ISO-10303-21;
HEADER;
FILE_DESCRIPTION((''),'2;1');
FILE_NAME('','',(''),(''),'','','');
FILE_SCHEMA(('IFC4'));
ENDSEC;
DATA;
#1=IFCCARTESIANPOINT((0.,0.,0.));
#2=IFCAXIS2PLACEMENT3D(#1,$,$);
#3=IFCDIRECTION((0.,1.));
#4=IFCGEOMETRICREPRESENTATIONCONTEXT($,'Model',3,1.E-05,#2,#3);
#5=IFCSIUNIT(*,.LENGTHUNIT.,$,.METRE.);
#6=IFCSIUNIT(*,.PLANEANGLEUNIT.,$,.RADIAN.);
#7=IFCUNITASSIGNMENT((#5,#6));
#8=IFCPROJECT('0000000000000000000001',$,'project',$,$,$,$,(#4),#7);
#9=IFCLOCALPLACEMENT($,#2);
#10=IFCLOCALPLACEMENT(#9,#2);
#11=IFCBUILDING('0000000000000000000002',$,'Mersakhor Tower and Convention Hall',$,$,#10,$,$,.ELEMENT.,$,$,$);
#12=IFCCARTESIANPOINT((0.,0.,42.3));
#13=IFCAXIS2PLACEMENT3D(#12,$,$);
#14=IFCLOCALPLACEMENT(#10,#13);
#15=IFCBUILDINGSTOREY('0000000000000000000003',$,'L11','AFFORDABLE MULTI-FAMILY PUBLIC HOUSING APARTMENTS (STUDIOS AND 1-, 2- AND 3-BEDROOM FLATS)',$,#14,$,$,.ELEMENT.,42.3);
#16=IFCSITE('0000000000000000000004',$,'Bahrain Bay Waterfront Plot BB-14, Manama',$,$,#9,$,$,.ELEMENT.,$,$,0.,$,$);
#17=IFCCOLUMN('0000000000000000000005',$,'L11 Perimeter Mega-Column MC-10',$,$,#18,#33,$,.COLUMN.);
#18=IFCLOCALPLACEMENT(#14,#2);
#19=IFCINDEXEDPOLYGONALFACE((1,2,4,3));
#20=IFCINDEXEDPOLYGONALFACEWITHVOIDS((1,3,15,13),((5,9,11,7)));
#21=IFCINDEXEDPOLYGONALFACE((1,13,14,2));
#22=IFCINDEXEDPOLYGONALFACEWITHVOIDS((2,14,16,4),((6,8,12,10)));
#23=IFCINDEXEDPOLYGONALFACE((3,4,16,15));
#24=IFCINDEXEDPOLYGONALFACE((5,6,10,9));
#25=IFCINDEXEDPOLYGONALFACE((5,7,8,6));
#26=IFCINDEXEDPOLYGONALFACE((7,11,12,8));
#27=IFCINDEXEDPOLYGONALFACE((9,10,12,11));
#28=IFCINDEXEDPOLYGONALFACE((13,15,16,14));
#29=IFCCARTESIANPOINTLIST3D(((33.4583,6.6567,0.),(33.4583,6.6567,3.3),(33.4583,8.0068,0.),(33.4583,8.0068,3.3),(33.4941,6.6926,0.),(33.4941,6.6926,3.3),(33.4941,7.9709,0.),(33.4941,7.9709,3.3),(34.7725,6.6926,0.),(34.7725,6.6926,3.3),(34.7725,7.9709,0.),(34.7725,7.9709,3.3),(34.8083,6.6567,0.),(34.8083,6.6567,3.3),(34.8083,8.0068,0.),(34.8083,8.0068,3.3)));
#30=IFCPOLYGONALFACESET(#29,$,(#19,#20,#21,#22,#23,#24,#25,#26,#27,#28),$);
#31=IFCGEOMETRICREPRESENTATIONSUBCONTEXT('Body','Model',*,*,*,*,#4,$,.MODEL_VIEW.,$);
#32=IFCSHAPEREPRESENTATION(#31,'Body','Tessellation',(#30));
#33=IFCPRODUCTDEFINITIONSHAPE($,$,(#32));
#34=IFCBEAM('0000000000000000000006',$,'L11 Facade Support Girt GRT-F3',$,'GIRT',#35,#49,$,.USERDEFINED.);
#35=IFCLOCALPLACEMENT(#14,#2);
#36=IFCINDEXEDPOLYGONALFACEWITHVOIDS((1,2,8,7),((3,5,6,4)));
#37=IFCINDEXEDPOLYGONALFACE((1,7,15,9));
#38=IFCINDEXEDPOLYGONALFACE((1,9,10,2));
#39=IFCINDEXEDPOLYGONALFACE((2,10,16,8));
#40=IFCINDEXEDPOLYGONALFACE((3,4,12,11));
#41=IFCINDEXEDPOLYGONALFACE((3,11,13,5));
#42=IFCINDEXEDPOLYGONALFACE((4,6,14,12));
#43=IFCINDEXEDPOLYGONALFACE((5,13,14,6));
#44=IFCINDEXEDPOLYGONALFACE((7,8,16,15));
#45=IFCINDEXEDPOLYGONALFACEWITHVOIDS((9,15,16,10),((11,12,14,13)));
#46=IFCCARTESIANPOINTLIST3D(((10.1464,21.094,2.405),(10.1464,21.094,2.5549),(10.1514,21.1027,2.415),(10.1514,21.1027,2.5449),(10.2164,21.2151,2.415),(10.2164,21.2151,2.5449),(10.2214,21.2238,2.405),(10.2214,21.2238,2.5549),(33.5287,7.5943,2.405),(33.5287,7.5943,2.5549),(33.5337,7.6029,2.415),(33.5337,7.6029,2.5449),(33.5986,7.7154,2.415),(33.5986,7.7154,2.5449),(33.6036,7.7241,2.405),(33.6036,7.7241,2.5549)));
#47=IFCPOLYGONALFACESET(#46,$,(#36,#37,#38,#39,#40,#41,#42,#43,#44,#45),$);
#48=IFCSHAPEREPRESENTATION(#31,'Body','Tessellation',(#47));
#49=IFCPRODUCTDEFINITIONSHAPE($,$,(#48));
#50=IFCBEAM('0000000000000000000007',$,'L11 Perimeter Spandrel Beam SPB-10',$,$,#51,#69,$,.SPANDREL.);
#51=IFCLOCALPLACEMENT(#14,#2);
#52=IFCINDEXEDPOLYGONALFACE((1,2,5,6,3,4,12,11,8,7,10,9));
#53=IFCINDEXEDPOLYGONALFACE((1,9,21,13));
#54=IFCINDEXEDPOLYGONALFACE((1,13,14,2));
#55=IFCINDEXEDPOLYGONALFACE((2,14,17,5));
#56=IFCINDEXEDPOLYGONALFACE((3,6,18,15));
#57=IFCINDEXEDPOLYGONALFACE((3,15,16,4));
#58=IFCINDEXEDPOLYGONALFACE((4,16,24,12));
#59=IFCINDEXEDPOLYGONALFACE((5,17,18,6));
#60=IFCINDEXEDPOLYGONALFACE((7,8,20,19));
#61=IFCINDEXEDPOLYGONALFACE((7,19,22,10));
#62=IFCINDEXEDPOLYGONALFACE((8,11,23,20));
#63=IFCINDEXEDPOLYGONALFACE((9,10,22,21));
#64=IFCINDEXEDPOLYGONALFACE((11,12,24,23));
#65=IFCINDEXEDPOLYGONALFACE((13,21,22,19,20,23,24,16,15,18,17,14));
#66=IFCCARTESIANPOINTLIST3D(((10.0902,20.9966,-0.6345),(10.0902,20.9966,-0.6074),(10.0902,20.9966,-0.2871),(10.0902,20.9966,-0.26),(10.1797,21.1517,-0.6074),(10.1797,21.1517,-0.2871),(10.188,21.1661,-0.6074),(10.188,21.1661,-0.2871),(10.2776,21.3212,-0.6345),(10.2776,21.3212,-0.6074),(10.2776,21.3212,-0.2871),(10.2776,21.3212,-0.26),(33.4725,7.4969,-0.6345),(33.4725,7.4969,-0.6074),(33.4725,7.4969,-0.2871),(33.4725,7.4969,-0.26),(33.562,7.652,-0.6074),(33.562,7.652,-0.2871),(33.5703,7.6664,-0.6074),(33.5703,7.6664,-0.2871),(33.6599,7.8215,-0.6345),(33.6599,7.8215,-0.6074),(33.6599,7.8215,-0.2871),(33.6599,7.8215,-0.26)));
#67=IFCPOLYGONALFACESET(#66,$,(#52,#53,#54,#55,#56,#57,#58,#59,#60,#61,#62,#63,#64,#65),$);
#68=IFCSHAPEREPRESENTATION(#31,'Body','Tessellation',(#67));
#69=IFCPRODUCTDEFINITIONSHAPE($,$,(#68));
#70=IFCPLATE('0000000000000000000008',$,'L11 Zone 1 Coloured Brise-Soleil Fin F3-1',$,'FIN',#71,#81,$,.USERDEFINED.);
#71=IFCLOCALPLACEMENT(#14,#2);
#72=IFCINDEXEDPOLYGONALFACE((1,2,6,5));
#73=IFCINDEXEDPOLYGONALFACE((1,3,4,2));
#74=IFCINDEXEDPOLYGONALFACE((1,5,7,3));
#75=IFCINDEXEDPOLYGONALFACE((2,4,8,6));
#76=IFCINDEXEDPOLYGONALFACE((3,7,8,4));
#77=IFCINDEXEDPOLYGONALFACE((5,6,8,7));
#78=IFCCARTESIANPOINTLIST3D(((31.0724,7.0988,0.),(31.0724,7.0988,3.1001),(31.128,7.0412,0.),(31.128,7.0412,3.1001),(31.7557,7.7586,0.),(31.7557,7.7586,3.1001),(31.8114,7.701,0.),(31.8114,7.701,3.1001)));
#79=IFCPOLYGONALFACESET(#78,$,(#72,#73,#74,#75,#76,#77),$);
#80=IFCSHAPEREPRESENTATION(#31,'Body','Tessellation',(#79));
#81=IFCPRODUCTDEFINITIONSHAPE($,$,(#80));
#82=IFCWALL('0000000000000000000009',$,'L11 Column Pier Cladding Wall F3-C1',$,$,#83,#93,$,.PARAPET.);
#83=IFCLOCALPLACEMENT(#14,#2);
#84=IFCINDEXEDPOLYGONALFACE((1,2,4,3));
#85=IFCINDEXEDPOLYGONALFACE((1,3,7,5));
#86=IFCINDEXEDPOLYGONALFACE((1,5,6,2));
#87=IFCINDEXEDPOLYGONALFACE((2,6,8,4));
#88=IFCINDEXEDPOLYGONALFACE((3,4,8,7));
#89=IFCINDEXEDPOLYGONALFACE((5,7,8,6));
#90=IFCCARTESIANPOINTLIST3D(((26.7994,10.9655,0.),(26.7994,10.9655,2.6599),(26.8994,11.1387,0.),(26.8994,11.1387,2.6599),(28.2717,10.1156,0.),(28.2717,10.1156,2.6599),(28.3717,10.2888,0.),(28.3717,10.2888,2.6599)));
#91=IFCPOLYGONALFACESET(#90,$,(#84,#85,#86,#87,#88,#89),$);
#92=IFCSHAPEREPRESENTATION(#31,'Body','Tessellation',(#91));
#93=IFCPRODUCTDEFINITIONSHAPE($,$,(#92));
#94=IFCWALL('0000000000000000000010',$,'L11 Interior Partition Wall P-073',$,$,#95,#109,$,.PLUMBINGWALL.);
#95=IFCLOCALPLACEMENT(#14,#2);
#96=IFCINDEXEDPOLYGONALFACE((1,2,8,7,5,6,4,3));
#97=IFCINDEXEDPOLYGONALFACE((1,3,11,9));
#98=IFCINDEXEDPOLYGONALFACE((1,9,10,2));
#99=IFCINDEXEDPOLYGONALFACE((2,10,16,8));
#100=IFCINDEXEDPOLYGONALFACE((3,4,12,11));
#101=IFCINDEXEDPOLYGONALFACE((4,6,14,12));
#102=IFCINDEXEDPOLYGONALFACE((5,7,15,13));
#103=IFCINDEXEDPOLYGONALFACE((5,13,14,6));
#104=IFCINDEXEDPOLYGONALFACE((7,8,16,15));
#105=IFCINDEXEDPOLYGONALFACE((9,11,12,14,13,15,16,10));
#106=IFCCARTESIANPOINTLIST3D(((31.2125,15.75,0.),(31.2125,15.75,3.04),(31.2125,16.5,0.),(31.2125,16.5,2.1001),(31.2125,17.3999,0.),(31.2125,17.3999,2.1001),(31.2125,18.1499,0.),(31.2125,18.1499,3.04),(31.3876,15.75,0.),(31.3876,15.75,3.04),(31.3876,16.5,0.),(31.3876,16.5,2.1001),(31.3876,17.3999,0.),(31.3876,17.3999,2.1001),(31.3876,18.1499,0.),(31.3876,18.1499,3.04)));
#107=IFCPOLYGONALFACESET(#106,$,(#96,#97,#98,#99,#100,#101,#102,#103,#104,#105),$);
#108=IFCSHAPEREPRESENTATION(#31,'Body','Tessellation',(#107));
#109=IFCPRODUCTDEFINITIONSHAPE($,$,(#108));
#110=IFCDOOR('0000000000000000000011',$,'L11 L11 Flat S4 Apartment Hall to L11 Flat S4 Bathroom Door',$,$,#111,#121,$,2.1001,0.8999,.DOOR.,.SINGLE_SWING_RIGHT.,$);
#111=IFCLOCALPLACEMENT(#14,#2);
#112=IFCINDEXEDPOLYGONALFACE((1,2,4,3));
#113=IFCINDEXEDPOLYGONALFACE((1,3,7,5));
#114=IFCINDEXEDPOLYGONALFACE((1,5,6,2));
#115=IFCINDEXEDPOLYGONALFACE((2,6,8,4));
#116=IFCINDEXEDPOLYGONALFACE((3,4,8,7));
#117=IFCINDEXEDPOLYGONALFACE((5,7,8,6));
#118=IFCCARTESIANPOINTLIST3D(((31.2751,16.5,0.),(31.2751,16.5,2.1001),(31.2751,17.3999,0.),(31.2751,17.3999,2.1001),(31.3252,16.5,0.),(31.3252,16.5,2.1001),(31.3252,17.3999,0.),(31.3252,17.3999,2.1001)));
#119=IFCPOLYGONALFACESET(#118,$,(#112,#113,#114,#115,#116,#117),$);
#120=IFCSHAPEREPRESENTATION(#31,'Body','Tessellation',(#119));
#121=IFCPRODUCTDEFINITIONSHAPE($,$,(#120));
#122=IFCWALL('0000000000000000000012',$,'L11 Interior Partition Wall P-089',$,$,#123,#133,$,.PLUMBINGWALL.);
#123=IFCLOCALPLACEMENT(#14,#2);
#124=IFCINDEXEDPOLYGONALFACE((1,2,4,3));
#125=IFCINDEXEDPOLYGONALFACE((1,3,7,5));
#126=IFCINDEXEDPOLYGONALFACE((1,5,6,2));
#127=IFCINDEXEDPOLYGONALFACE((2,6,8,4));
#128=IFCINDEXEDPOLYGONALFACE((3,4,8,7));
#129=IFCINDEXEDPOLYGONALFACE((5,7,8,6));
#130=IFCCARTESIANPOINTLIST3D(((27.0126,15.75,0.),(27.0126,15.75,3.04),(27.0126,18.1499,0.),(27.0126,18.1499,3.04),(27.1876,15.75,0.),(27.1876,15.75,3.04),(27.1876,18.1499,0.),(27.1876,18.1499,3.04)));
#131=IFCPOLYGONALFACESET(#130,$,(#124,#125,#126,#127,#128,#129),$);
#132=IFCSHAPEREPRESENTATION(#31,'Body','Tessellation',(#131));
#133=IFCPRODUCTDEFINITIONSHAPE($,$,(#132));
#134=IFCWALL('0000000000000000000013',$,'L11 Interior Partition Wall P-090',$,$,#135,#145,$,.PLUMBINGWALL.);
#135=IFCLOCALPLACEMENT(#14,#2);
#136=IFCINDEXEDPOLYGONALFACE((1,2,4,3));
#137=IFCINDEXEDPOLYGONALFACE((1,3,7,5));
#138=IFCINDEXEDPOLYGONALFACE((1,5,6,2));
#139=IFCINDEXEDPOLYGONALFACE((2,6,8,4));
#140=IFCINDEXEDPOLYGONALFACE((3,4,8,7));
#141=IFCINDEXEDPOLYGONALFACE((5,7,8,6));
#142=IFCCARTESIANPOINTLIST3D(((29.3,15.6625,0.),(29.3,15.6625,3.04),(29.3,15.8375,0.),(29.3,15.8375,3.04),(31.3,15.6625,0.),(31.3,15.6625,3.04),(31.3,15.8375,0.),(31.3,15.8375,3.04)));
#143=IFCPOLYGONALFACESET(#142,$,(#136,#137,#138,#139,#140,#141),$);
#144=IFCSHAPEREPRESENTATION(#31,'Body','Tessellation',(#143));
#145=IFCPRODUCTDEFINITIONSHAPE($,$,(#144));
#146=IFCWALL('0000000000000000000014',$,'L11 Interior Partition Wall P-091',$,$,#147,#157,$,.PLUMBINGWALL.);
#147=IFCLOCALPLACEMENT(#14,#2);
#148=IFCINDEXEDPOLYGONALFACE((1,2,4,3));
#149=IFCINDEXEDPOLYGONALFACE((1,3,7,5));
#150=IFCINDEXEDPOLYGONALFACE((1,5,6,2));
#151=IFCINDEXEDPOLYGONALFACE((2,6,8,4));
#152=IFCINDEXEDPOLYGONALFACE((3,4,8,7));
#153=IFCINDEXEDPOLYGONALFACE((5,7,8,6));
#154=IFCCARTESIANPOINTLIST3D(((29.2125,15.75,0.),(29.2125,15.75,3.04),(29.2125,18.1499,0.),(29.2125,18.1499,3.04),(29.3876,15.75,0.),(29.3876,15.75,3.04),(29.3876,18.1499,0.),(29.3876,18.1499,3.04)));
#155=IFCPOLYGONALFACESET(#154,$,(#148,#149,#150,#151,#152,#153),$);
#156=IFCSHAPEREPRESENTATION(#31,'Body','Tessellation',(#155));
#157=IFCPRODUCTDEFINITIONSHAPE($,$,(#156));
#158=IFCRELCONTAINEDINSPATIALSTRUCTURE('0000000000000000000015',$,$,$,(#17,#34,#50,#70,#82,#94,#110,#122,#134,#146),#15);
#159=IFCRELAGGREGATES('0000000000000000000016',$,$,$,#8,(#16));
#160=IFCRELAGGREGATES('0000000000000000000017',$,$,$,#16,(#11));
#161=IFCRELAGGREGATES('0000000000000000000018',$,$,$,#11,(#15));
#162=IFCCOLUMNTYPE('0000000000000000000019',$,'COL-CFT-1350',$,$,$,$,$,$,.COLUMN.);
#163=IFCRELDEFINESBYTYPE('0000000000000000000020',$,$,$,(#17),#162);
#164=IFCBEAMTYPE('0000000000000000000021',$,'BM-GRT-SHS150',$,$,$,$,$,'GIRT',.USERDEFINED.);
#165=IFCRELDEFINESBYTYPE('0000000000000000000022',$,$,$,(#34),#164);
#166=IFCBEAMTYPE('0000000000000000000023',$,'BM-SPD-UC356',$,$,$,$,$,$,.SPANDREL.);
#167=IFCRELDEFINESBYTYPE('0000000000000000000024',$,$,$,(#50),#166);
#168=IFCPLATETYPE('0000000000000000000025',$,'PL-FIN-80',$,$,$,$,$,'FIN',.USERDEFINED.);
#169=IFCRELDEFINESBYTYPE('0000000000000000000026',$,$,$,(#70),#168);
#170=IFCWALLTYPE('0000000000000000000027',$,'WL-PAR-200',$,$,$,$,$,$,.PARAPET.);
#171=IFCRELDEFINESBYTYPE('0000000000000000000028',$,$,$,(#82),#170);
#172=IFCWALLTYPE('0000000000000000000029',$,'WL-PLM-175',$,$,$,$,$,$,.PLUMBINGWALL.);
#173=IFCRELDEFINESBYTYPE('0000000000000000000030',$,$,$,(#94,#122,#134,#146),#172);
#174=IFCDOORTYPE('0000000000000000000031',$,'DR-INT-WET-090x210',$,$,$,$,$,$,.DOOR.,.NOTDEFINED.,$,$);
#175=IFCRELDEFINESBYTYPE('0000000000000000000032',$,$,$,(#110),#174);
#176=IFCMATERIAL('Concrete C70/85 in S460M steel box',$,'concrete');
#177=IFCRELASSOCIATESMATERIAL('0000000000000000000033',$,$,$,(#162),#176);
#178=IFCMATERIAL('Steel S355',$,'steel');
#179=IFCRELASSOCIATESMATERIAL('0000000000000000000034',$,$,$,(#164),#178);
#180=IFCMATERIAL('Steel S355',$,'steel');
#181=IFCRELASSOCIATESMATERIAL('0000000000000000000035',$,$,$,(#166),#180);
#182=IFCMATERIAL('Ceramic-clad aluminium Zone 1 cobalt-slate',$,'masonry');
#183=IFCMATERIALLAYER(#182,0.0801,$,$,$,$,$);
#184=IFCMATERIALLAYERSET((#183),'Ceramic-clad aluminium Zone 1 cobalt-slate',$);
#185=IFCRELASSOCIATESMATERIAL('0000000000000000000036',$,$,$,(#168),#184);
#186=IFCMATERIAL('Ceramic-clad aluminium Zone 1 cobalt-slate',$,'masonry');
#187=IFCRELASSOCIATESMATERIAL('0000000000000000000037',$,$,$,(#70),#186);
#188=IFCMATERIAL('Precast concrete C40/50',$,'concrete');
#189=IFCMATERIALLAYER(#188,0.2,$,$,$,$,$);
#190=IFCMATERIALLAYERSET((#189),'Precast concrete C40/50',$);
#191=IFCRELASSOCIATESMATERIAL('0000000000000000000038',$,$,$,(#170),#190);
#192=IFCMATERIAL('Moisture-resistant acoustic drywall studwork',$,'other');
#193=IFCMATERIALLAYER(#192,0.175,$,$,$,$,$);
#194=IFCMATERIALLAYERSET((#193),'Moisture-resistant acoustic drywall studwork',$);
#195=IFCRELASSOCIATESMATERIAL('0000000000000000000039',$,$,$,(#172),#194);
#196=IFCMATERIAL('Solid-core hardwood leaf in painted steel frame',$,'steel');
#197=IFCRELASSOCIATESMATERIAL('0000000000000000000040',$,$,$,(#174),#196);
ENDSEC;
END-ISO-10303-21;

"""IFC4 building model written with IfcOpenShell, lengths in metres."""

from ifc_helpers import new_model, si_unit, direction, frame, frame_2d, origin, origin_2d, place, context, subcontext, project, spatial, rectangle, hollow_rectangle, i_section, extrude, material, layer, layer_set, material_profile, profile_set, type_object, element, fill, save


model = new_model("IFC4")

# Units and contexts
model_context = context("Model", 3, precision=1e-05, world=origin(), true_north=direction((0.0, 1.0)))
body_context = subcontext(model_context, "Body", "Model", "MODEL_VIEW")
ifc_project = project(units=[si_unit("LENGTHUNIT", "METRE"), si_unit("PLANEANGLEUNIT", "RADIAN")], contexts=[model_context])

# Site, building, storey
site_placement = place(None, origin())
site = spatial("IfcSite", under=ifc_project, at=site_placement, Name="Bahrain Bay Waterfront Plot BB-14, Manama", CompositionType="ELEMENT", RefElevation=0.0)
building_placement = place(site_placement, origin())
building = spatial("IfcBuilding", under=site, at=building_placement, Name="Mersakhor Tower and Convention Hall", CompositionType="ELEMENT")
storey_placement = place(building_placement, frame((0.0, 0.0, 42.3)))
storey = spatial("IfcBuildingStorey", under=building, at=storey_placement, Name="L11", Description="AFFORDABLE MULTI-FAMILY PUBLIC HOUSING APARTMENTS (STUDIOS AND 1-, 2- AND 3-BEDROOM FLATS)", CompositionType="ELEMENT", Elevation=42.3)

# Column
ifc_material_1 = material(Name="Concrete C70/85 in S460M steel box", Category="concrete")
ifc_material_profile_1 = material_profile(ifc_material_1, hollow_rectangle(XDim=1.3501, YDim=1.3501, WallThickness=0.0359, at=origin_2d()), Name="SHS 1350x1350x36")
ifc_profile_set_1 = profile_set([ifc_material_profile_1], Name="Concrete C70/85 in S460M steel box")
column_type = type_object("IfcColumnType", Name="COL-CFT-1350", PredefinedType="COLUMN", material=ifc_profile_set_1)
column_placement = place(storey_placement, frame((34.1333, 7.3318, 0.0), z_axis=(0.0, 0.0, 1.0), x_axis=(1.0, 0.0, 0.0)))
element("IfcColumn", 1, at=column_placement, inside=storey, type_object=column_type, Name="L11 Perimeter Mega-Column MC-10", PredefinedType="COLUMN", context=body_context, shape_type="SweptSolid", body=[
    extrude(hollow_rectangle(XDim=1.3501, YDim=1.3501, WallThickness=0.0359, at=origin_2d()), origin(), (0.0, 0.0, 1.0), 3.3),
])

# Beams
ifc_material_2 = material(Name="Steel S355", Category="steel")
ifc_material_profile_2 = material_profile(ifc_material_2, hollow_rectangle(XDim=0.1499, YDim=0.1499, WallThickness=0.01, at=origin_2d()), Name="SHS 150x150x10")
ifc_profile_set_2 = profile_set([ifc_material_profile_2], Name="Steel S355")
beam_type_1 = type_object("IfcBeamType", Name="BM-GRT-SHS150", ElementType="GIRT", PredefinedType="USERDEFINED", material=ifc_profile_set_2)
beam_1_placement = place(storey_placement, frame((33.5662, 7.6592, 2.48), z_axis=(-0.866026, 0.499999, 0.0), x_axis=(-0.499999, -0.866026, 0.0)))
element("IfcBeam", 2, at=beam_1_placement, inside=storey, type_object=beam_type_1, Name="L11 Facade Support Girt GRT-F3", ObjectType="GIRT", PredefinedType="USERDEFINED", context=body_context, shape_type="SweptSolid", body=[
    extrude(hollow_rectangle(XDim=0.1499, YDim=0.1499, WallThickness=0.01, at=origin_2d()), origin(), (0.0, 0.0, 1.0), 26.9995),
])
ifc_material_3 = material(Name="Steel S355", Category="steel")
ifc_material_profile_3 = material_profile(ifc_material_3, i_section(OverallWidth=0.3748, OverallDepth=0.3745, WebThickness=0.0166, FlangeThickness=0.0271, at=origin_2d()), Name="UC 356x368x202")
ifc_profile_set_3 = profile_set([ifc_material_profile_3], Name="Steel S355")
beam_type_2 = type_object("IfcBeamType", Name="BM-SPD-UC356", PredefinedType="SPANDREL", material=ifc_profile_set_3)
beam_2_placement = place(storey_placement, frame((33.5662, 7.6592, -0.4473), z_axis=(-0.866026, 0.499999, 0.0), x_axis=(-0.499999, -0.866026, 0.0)))
element("IfcBeam", 3, at=beam_2_placement, inside=storey, type_object=beam_type_2, Name="L11 Perimeter Spandrel Beam SPB-10", PredefinedType="SPANDREL", context=body_context, shape_type="SweptSolid", body=[
    extrude(i_section(OverallWidth=0.3748, OverallDepth=0.3745, WebThickness=0.0166, FlangeThickness=0.0271, at=origin_2d()), origin(), (0.0, 0.0, 1.0), 26.9995),
])

# Plate
ifc_material_4 = material(Name="Ceramic-clad aluminium Zone 1 cobalt-slate", Category="masonry")
ifc_material_5 = material(Name="Ceramic-clad aluminium Zone 1 cobalt-slate", Category="masonry")
ifc_layer_1 = layer(ifc_material_5, 0.0801)
ifc_layer_set_1 = layer_set([ifc_layer_1], Name="Ceramic-clad aluminium Zone 1 cobalt-slate")
plate_type = type_object("IfcPlateType", Name="PL-FIN-80", ElementType="FIN", PredefinedType="USERDEFINED", material=ifc_layer_set_1)
plate_placement = place(storey_placement, frame((31.4419, 7.3999, 0.0), z_axis=(0.0, 0.0, 1.0), x_axis=(-0.71934, -0.694658, 0.0)))
element("IfcPlate", 4, at=plate_placement, inside=storey, type_object=plate_type, material=ifc_material_4, Name="L11 Zone 1 Coloured Brise-Soleil Fin F3-1", ObjectType="FIN", PredefinedType="USERDEFINED", context=body_context, shape_type="SweptSolid", body=[
    extrude(rectangle(XDim=0.95, YDim=0.0801, at=origin_2d()), origin(), (0.0, 0.0, 1.0), 3.1001),
])

# Wall
ifc_material_6 = material(Name="Precast concrete C40/50", Category="concrete")
ifc_layer_2 = layer(ifc_material_6, 0.2)
ifc_layer_set_2 = layer_set([ifc_layer_2], Name="Precast concrete C40/50")
wall_type_1 = type_object("IfcWallType", Name="WL-PAR-200", PredefinedType="PARAPET", material=ifc_layer_set_2)
wall_1_placement = place(storey_placement, frame((28.3218, 10.2021, 0.0), z_axis=(0.0, 0.0, 1.0), x_axis=(-0.866052, 0.499955, 0.0)))
element("IfcWall", 5, at=wall_1_placement, inside=storey, type_object=wall_type_1, Name="L11 Column Pier Cladding Wall F3-C1", PredefinedType="PARAPET", context=body_context, shape_type="SweptSolid", body=[
    extrude(rectangle(XDim=1.7, YDim=0.2, at=frame_2d((0.8501, 0.0))), origin(), (0.0, 0.0, 1.0), 2.6599),
])

# Wall, opening, door
ifc_material_7 = material(Name="Moisture-resistant acoustic drywall studwork", Category="other")
ifc_layer_3 = layer(ifc_material_7, 0.175)
ifc_layer_set_3 = layer_set([ifc_layer_3], Name="Moisture-resistant acoustic drywall studwork")
wall_type_2 = type_object("IfcWallType", Name="WL-PLM-175", PredefinedType="PLUMBINGWALL", material=ifc_layer_set_3)
wall_2_placement = place(storey_placement, frame((31.3, 15.75, 0.0), z_axis=(0.0, 0.0, 1.0), x_axis=(0.0, 1.0, 0.0)))
wall_2 = element("IfcWall", 6, at=wall_2_placement, inside=storey, type_object=wall_type_2, Name="L11 Interior Partition Wall P-073", PredefinedType="PLUMBINGWALL", context=body_context, shape_type="SweptSolid", body=[
    extrude(rectangle(XDim=2.3999, YDim=0.175, at=frame_2d((1.2, 0.0))), origin(), (0.0, 0.0, 1.0), 3.04),
])
opening_1_placement = place(wall_2_placement, frame((0.75, 0.0, 0.0)))
opening_1 = element("IfcOpeningElement", 7, at=opening_1_placement, cuts=wall_2, PredefinedType="OPENING", context=body_context, shape_type="SweptSolid", body=[
    extrude(rectangle(XDim=0.8999, YDim=2.1001, at=frame_2d((0.45, 1.05))), frame((0.0, 0.0974, 0.0), z_axis=(0.0, -1.0, 0.0), x_axis=(1.0, 0.0, 0.0)), (0.0, 0.0, 1.0), 0.1951),
])
ifc_material_8 = material(Name="Solid-core hardwood leaf in painted steel frame", Category="steel")
door_type_1 = type_object("IfcDoorType", Name="DR-INT-WET-090x210", OperationType="NOTDEFINED", PredefinedType="DOOR", material=ifc_material_8)
door_1_placement = place(opening_1_placement, origin())
door_1 = element("IfcDoor", 8, at=door_1_placement, inside=storey, type_object=door_type_1, Name="L11 L11 Flat S4 Apartment Hall to L11 Flat S4 Bathroom Door", OperationType="SINGLE_SWING_RIGHT", OverallHeight=2.1001, OverallWidth=0.8999, PredefinedType="DOOR", context=body_context, shape_type="SweptSolid", body=[
    extrude(rectangle(XDim=0.8999, YDim=2.1001, at=frame_2d((0.45, 1.05))), frame((0.0, 0.0249, 0.0), z_axis=(0.0, -1.0, 0.0), x_axis=(1.0, 0.0, 0.0)), (0.0, 0.0, 1.0), 0.05),
])
fill(opening_1, door_1)

# Walls
wall_3_placement = place(storey_placement, frame((27.1001, 18.1499, 0.0), z_axis=(0.0, 0.0, 1.0), x_axis=(0.0, -1.0, 0.0)))
element("IfcWall", 9, at=wall_3_placement, inside=storey, type_object=wall_type_2, Name="L11 Interior Partition Wall P-089", PredefinedType="PLUMBINGWALL", context=body_context, shape_type="SweptSolid", body=[
    extrude(rectangle(XDim=2.3999, YDim=0.175, at=frame_2d((1.2, 0.0))), origin(), (0.0, 0.0, 1.0), 3.04),
])
wall_4_placement = place(storey_placement, frame((31.3, 15.75, 0.0), z_axis=(0.0, 0.0, 1.0), x_axis=(-1.0, 0.0, 0.0)))
element("IfcWall", 10, at=wall_4_placement, inside=storey, type_object=wall_type_2, Name="L11 Interior Partition Wall P-090", PredefinedType="PLUMBINGWALL", context=body_context, shape_type="SweptSolid", body=[
    extrude(rectangle(XDim=2.0, YDim=0.175, at=frame_2d((1.0, 0.0))), origin(), (0.0, 0.0, 1.0), 3.04),
])
wall_5_placement = place(storey_placement, frame((29.3, 15.75, 0.0), z_axis=(0.0, 0.0, 1.0), x_axis=(0.0, 1.0, 0.0)))
element("IfcWall", 11, at=wall_5_placement, inside=storey, type_object=wall_type_2, Name="L11 Interior Partition Wall P-091", PredefinedType="PLUMBINGWALL", context=body_context, shape_type="SweptSolid", body=[
    extrude(rectangle(XDim=2.3999, YDim=0.175, at=frame_2d((1.2, 0.0))), origin(), (0.0, 0.0, 1.0), 3.04),
])

save(model, "model.ifc")
